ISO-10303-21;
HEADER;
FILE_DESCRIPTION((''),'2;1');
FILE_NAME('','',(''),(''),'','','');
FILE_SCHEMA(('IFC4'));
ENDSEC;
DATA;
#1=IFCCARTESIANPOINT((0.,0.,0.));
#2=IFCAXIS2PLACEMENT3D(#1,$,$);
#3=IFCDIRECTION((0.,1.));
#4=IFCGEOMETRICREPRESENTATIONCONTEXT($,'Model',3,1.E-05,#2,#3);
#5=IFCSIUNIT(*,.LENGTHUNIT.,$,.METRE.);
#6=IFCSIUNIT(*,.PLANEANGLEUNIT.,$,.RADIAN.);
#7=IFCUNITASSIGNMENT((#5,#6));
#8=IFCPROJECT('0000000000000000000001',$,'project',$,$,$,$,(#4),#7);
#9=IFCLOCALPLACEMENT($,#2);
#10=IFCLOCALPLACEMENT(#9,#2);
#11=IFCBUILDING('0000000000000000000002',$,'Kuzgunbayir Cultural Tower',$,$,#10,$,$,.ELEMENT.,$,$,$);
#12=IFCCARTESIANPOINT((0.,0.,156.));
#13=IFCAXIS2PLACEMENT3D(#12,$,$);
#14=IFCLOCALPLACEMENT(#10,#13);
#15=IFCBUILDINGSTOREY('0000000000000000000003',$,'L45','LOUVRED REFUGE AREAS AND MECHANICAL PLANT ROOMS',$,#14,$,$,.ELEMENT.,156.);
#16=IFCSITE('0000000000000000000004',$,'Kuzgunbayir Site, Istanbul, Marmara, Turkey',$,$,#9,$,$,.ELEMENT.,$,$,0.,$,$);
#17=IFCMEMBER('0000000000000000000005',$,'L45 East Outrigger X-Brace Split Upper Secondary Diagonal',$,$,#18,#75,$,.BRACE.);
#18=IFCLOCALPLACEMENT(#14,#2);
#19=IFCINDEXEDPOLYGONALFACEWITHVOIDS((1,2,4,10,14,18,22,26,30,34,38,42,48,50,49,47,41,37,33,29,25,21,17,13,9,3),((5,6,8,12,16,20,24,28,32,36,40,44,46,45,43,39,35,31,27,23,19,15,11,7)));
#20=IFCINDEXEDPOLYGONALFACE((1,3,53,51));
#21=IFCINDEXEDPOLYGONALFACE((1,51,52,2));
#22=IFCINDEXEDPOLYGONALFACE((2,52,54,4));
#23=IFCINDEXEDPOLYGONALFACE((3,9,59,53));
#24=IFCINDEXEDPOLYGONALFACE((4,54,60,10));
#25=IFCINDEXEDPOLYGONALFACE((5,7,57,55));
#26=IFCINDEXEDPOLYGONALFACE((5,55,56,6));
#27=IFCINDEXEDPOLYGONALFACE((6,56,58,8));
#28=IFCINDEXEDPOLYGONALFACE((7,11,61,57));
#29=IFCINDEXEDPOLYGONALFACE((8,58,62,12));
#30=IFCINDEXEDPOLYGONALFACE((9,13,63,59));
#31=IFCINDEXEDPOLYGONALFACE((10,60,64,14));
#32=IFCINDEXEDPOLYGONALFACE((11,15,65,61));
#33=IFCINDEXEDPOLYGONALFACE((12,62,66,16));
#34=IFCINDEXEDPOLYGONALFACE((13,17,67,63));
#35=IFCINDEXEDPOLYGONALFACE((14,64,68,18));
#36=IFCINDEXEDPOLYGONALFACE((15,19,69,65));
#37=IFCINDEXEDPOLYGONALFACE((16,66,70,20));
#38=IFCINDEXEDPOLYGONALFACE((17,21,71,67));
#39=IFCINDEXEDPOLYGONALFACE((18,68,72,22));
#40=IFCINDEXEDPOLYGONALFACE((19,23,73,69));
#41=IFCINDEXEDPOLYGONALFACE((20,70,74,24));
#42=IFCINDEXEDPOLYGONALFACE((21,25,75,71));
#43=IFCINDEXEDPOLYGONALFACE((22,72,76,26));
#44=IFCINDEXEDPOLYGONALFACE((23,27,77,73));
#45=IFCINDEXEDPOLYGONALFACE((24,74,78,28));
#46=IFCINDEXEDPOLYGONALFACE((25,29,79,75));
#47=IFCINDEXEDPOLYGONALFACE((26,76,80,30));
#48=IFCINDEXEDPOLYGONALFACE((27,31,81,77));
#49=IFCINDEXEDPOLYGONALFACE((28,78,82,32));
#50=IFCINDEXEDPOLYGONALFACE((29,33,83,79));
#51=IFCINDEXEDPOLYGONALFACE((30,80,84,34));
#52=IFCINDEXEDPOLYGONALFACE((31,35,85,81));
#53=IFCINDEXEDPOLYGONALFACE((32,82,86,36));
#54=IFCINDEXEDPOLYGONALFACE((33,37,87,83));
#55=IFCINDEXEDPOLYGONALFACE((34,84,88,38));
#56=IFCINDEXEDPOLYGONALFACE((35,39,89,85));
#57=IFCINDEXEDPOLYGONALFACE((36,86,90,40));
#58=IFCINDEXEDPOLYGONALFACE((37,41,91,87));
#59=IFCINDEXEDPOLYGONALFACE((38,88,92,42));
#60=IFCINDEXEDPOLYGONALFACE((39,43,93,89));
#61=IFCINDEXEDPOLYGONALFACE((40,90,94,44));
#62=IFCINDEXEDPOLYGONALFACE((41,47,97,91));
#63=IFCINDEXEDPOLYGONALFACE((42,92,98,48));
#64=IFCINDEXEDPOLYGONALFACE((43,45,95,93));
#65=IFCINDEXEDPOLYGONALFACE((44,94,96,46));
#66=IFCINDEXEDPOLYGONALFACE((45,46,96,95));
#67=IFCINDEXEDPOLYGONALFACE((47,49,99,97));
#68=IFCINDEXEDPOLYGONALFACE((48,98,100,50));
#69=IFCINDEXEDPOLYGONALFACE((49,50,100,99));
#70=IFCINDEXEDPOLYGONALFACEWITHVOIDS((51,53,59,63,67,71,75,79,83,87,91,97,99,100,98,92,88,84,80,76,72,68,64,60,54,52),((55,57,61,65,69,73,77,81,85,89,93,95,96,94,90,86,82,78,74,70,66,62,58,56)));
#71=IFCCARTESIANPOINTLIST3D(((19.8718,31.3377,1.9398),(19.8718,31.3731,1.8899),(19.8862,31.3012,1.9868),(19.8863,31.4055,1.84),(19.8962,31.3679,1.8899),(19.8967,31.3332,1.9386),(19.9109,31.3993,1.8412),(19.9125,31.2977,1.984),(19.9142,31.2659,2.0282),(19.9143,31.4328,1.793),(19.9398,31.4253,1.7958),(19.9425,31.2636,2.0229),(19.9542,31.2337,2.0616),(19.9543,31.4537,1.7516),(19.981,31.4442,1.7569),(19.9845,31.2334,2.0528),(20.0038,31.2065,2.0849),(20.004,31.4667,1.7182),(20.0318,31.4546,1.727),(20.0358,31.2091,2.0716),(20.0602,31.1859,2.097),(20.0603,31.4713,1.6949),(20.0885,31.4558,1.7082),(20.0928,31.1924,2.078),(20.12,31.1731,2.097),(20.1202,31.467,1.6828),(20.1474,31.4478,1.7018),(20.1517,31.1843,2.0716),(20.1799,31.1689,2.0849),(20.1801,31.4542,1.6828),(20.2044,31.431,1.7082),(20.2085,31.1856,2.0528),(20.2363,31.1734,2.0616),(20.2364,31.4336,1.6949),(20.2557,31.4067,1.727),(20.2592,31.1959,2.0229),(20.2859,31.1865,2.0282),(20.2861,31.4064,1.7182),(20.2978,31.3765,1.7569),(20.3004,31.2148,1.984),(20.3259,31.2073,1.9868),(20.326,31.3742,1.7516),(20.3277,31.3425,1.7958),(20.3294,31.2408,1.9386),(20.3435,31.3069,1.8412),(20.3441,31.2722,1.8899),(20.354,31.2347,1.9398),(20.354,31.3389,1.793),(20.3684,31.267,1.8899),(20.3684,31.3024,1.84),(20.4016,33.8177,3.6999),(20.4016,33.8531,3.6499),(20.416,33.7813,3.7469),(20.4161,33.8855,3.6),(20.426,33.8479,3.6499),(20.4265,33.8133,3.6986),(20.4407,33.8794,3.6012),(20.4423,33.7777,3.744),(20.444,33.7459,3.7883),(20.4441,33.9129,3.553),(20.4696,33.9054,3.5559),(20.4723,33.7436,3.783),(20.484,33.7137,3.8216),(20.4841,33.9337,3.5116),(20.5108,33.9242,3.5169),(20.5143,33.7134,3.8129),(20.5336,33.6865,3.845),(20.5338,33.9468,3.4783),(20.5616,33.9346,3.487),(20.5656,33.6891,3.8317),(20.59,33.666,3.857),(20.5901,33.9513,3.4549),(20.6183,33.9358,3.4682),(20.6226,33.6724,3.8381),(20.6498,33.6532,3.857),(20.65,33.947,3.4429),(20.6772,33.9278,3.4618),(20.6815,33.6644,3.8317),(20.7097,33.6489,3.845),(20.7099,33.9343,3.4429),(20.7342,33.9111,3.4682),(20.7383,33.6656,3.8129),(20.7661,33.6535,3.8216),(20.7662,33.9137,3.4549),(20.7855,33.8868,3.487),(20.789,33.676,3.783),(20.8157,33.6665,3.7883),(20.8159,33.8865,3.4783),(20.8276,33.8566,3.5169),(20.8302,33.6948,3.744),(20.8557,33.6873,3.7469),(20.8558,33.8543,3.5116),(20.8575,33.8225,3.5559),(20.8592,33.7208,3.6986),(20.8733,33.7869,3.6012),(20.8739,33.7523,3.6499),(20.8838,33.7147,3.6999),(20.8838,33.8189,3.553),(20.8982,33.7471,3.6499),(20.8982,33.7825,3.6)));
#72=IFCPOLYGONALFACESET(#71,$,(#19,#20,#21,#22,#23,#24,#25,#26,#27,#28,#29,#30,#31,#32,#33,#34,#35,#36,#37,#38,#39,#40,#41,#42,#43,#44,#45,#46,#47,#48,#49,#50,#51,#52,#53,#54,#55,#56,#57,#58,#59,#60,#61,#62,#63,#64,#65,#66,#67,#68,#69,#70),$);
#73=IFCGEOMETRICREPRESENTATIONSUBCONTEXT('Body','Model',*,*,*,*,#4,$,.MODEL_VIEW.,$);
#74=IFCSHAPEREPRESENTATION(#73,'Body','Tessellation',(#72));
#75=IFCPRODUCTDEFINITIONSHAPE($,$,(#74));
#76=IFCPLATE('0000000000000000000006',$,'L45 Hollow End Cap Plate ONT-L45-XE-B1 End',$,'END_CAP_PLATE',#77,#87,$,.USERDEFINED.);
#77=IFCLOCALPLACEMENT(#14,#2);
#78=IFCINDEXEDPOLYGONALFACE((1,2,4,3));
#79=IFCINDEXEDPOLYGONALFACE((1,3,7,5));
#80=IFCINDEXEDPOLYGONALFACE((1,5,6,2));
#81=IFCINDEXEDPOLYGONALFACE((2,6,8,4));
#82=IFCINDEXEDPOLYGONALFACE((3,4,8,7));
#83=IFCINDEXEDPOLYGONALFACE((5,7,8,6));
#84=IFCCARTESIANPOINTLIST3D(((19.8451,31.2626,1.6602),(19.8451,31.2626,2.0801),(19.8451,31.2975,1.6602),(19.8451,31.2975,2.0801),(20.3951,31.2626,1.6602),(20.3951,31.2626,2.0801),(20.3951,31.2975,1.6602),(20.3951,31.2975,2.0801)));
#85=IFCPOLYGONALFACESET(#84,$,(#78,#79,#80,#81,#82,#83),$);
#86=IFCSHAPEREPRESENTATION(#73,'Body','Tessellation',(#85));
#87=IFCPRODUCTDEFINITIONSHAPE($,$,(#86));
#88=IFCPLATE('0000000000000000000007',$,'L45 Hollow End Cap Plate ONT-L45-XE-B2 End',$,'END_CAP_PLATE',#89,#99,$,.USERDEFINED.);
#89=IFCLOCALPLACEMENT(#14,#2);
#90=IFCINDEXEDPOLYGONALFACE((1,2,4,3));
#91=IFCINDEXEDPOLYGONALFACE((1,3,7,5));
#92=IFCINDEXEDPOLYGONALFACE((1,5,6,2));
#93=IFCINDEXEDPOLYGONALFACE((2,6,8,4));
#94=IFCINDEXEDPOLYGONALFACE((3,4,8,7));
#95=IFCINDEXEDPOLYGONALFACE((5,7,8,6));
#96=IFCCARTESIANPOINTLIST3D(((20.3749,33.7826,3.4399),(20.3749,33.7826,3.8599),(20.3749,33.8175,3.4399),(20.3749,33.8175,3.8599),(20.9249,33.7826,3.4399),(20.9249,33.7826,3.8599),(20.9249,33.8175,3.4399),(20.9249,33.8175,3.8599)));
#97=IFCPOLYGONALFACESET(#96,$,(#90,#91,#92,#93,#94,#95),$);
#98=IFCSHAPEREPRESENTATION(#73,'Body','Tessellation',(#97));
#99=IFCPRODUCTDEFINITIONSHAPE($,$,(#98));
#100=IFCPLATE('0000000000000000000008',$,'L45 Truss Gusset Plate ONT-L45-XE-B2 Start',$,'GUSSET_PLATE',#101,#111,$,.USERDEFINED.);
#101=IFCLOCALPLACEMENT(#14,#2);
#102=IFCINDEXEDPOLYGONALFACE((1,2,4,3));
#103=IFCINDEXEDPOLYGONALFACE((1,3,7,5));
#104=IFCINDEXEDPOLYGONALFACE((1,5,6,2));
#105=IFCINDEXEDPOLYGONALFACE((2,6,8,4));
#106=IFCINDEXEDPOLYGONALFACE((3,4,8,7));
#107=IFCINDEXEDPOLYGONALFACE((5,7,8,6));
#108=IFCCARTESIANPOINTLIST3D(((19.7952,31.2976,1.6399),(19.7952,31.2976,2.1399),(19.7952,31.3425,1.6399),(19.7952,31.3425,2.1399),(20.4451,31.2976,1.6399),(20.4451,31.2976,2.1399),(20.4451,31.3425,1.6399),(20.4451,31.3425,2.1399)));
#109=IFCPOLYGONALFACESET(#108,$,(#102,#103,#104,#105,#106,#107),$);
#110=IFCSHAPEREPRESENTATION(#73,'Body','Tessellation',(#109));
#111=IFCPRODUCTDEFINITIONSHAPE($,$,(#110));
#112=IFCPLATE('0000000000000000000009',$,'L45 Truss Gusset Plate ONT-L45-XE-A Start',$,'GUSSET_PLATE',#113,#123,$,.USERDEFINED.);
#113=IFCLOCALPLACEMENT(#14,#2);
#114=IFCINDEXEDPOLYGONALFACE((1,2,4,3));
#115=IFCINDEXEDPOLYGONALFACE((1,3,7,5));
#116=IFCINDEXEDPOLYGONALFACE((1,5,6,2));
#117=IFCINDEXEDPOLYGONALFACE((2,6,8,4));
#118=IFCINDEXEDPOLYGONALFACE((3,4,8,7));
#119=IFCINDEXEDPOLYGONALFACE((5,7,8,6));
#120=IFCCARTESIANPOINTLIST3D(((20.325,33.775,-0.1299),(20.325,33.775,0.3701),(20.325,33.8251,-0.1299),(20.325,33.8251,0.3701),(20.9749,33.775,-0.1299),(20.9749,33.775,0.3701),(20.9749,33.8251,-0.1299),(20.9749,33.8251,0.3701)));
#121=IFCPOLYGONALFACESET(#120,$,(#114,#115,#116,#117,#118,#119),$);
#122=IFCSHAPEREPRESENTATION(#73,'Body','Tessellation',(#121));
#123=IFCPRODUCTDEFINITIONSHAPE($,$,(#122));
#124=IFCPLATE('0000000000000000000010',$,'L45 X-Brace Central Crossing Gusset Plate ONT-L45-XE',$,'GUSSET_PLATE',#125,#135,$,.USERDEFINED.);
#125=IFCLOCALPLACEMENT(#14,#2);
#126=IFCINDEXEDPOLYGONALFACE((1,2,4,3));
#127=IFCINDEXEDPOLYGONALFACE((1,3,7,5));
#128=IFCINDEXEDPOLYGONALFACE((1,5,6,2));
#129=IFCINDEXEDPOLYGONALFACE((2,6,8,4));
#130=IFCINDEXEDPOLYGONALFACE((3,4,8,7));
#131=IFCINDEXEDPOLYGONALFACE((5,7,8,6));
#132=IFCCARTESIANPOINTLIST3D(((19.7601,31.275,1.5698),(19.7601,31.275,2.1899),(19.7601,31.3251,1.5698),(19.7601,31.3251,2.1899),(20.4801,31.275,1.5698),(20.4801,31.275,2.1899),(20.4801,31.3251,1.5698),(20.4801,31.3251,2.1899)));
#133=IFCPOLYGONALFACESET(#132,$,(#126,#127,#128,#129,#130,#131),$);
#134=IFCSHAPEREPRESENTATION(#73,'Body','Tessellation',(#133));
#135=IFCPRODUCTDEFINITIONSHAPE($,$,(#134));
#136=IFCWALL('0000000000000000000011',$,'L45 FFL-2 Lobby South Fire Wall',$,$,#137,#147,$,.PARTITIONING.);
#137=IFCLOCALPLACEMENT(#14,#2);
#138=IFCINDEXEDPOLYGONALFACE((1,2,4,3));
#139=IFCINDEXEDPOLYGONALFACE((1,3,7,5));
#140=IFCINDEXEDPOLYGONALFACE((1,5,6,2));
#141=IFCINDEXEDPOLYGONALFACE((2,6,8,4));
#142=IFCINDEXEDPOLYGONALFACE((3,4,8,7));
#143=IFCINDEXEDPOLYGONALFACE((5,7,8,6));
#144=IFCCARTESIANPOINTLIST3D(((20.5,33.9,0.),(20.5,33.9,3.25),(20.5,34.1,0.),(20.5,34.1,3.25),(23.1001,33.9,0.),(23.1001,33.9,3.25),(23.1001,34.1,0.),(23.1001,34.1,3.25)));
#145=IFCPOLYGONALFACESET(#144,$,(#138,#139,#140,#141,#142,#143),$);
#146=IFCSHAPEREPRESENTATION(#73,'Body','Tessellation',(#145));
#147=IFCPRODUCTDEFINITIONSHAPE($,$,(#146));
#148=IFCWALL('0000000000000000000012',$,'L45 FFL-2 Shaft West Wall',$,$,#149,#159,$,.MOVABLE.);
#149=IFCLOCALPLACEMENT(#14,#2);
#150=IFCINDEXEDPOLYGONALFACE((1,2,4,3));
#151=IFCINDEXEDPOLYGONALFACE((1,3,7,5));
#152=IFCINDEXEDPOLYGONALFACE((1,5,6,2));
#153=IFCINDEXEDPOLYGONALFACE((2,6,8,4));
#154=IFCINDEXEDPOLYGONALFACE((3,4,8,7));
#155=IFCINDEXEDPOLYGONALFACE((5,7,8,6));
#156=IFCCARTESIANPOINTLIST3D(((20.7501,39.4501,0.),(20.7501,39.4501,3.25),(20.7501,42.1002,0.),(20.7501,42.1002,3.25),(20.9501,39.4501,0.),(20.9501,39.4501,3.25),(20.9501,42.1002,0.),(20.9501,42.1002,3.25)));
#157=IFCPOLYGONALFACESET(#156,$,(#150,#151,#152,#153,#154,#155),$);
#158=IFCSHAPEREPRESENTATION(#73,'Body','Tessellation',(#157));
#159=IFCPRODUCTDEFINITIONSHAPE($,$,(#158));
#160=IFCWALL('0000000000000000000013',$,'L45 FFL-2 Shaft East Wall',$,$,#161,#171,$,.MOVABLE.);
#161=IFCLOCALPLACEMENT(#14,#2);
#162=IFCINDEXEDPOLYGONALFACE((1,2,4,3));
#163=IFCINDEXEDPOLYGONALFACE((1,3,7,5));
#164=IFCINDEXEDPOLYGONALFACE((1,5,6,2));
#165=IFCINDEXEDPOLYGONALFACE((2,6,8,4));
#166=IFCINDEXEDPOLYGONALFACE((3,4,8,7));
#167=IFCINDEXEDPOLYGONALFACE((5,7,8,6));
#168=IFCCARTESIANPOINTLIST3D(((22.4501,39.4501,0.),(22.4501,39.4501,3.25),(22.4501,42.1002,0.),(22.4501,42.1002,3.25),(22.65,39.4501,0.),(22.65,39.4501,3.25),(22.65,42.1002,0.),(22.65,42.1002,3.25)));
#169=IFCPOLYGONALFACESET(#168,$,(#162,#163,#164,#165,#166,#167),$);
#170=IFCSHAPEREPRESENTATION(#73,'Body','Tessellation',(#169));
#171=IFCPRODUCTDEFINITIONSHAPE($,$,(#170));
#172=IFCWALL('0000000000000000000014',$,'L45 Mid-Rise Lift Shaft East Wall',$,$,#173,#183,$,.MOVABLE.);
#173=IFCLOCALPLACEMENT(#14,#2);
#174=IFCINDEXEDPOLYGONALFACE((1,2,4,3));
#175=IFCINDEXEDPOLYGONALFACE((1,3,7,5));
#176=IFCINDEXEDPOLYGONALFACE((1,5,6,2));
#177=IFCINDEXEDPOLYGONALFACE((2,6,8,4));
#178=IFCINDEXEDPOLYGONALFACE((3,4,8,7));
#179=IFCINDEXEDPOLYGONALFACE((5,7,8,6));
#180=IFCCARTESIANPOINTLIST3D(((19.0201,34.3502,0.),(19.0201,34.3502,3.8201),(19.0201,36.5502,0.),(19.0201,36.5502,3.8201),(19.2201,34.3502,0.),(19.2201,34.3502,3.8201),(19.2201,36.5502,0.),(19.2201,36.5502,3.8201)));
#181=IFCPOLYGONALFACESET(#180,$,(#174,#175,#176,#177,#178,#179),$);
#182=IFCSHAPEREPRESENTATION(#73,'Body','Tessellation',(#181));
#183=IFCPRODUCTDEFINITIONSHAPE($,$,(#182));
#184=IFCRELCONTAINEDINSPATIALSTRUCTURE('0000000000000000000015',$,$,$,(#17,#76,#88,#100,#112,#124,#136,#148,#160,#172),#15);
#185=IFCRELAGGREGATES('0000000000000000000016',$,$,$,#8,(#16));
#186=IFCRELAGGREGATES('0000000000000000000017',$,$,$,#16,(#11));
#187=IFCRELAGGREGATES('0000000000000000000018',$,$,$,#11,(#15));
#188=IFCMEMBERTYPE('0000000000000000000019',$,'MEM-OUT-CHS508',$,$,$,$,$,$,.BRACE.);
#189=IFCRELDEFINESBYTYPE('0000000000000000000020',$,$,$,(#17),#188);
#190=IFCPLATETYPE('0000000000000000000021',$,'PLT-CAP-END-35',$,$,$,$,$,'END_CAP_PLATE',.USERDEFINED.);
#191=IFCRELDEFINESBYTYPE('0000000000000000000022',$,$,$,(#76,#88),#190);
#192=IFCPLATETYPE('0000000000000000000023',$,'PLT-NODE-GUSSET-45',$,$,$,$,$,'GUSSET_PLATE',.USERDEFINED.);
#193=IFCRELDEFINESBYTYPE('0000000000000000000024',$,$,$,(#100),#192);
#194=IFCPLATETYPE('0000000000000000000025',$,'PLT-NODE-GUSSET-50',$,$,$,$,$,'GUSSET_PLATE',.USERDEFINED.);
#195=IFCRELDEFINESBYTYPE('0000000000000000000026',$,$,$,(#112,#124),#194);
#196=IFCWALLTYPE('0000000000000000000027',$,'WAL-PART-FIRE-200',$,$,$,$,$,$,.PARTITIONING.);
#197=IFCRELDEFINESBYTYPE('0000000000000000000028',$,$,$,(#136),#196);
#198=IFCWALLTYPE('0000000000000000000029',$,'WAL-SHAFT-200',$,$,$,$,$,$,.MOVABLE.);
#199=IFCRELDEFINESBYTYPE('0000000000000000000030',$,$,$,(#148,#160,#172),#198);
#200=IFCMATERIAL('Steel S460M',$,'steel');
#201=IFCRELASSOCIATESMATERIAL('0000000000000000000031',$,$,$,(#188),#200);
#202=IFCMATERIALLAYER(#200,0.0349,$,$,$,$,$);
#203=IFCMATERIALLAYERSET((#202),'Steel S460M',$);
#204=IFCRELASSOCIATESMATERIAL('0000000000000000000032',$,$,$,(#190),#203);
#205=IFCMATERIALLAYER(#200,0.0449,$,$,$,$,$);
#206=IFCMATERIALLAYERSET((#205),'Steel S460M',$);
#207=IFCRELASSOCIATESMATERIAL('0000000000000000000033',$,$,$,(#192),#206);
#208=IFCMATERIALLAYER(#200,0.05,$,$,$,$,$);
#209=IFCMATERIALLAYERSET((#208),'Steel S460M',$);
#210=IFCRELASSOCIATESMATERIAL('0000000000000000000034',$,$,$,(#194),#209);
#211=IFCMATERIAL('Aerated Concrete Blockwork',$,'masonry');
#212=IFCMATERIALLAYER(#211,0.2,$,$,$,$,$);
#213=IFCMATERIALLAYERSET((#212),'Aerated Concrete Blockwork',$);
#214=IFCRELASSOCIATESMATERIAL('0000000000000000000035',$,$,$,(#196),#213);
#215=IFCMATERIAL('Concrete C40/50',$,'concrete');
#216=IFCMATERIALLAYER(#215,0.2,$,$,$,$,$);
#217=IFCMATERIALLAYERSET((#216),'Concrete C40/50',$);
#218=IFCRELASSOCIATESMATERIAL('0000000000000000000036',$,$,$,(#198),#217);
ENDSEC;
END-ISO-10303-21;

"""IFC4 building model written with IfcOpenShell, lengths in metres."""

from ifc_helpers import new_model, si_unit, direction, frame, frame_2d, origin, origin_2d, place, context, subcontext, project, spatial, rectangle, hollow_circle, extrude, material, layer, layer_set, material_profile, profile_set, type_object, element, save


model = new_model("IFC4")

# Units and contexts
model_context = context("Model", 3, precision=1e-05, world=origin(), true_north=direction((0.0, 1.0)))
body_context = subcontext(model_context, "Body", "Model", "MODEL_VIEW")
ifc_project = project(units=[si_unit("LENGTHUNIT", "METRE"), si_unit("PLANEANGLEUNIT", "RADIAN")], contexts=[model_context])

# Site, building, storey
site_placement = place(None, origin())
site = spatial("IfcSite", under=ifc_project, at=site_placement, Name="Kuzgunbayir Site, Istanbul, Marmara, Turkey", CompositionType="ELEMENT", RefElevation=0.0)
building_placement = place(site_placement, origin())
building = spatial("IfcBuilding", under=site, at=building_placement, Name="Kuzgunbayir Cultural Tower", CompositionType="ELEMENT")
storey_placement = place(building_placement, frame((0.0, 0.0, 156.0)))
storey = spatial("IfcBuildingStorey", under=building, at=storey_placement, Name="L45", Description="LOUVRED REFUGE AREAS AND MECHANICAL PLANT ROOMS", CompositionType="ELEMENT", Elevation=156.0)

# Member
ifc_material_1 = material(Name="Steel S460M", Category="steel")
ifc_material_profile_1 = material_profile(ifc_material_1, hollow_circle(Radius=0.2539, WallThickness=0.0249, at=origin_2d()), Name="CHS 508x25")
ifc_profile_set_1 = profile_set([ifc_material_profile_1], Name="Steel S460M")
member_type = type_object("IfcMemberType", Name="MEM-OUT-CHS508", PredefinedType="BRACE", material=ifc_profile_set_1)
member_1_placement = place(storey_placement, frame((20.1201, 31.3201, 1.8899), z_axis=(0.171627, 0.803403, 0.570165), x_axis=(-0.977935, 0.208911, 0.0)))
element("IfcMember", 1, at=member_1_placement, inside=storey, type_object=member_type, Name="L45 East Outrigger X-Brace Split Upper Secondary Diagonal", PredefinedType="BRACE", context=body_context, shape_type="SweptSolid", body=[
    extrude(hollow_circle(Radius=0.2539, WallThickness=0.0249, at=origin_2d()), origin(), (0.0, 0.0, 1.0), 3.0869),
])

# Plates
ifc_layer_1 = layer(ifc_material_1, 0.0349)
ifc_layer_set_1 = layer_set([ifc_layer_1], Name="Steel S460M")
plate_type_1 = type_object("IfcPlateType", Name="PLT-CAP-END-35", ElementType="END_CAP_PLATE", PredefinedType="USERDEFINED", material=ifc_layer_set_1)
for number, where, z_axis, x_axis, name in (
    (2, (20.1201, 31.28, 1.6602), (0.0, 0.0, 1.0), (1.0, 0.0, 0.0), "L45 Hollow End Cap Plate ONT-L45-XE-B1 End"),
    (3, (20.6499, 33.8, 3.4399), (0.0, 0.0, 1.0), (1.0, 0.0, 0.0), "L45 Hollow End Cap Plate ONT-L45-XE-B2 End"),
):
    element("IfcPlate", number, at=place(storey_placement, frame(where, z_axis=z_axis, x_axis=x_axis)), inside=storey, type_object=plate_type_1, Name=name, ObjectType="END_CAP_PLATE", PredefinedType="USERDEFINED", context=body_context, shape_type="SweptSolid", body=[
        extrude(rectangle(XDim=0.55, YDim=0.0349, at=origin_2d()), origin(), (0.0, 0.0, 1.0), 0.4199),
    ])
ifc_layer_2 = layer(ifc_material_1, 0.0449)
ifc_layer_set_2 = layer_set([ifc_layer_2], Name="Steel S460M")
plate_type_2 = type_object("IfcPlateType", Name="PLT-NODE-GUSSET-45", ElementType="GUSSET_PLATE", PredefinedType="USERDEFINED", material=ifc_layer_set_2)
plate_1_placement = place(storey_placement, frame((20.1201, 31.3201, 1.6399), z_axis=(0.0, 0.0, 1.0), x_axis=(1.0, 0.0, 0.0)))
element("IfcPlate", 4, at=plate_1_placement, inside=storey, type_object=plate_type_2, Name="L45 Truss Gusset Plate ONT-L45-XE-B2 Start", ObjectType="GUSSET_PLATE", PredefinedType="USERDEFINED", context=body_context, shape_type="SweptSolid", body=[
    extrude(rectangle(XDim=0.6499, YDim=0.0449, at=origin_2d()), origin(), (0.0, 0.0, 1.0), 0.5),
])
ifc_layer_3 = layer(ifc_material_1, 0.05)
ifc_layer_set_3 = layer_set([ifc_layer_3], Name="Steel S460M")
plate_type_3 = type_object("IfcPlateType", Name="PLT-NODE-GUSSET-50", ElementType="GUSSET_PLATE", PredefinedType="USERDEFINED", material=ifc_layer_set_3)
plate_2_placement = place(storey_placement, frame((20.6499, 33.8, -0.1299), z_axis=(0.0, 0.0, 1.0), x_axis=(1.0, 0.0, 0.0)))
element("IfcPlate", 5, at=plate_2_placement, inside=storey, type_object=plate_type_3, Name="L45 Truss Gusset Plate ONT-L45-XE-A Start", ObjectType="GUSSET_PLATE", PredefinedType="USERDEFINED", context=body_context, shape_type="SweptSolid", body=[
    extrude(rectangle(XDim=0.6499, YDim=0.05, at=origin_2d()), origin(), (0.0, 0.0, 1.0), 0.5),
])
plate_3_placement = place(storey_placement, frame((20.1201, 31.3, 1.5698), z_axis=(0.0, 0.0, 1.0), x_axis=(1.0, 0.0, 0.0)))
element("IfcPlate", 6, at=plate_3_placement, inside=storey, type_object=plate_type_3, Name="L45 X-Brace Central Crossing Gusset Plate ONT-L45-XE", ObjectType="GUSSET_PLATE", PredefinedType="USERDEFINED", context=body_context, shape_type="SweptSolid", body=[
    extrude(rectangle(XDim=0.72, YDim=0.05, at=origin_2d()), origin(), (0.0, 0.0, 1.0), 0.6201),
])

# Shared definitions
ifc_material_2 = material(Name="Aerated Concrete Blockwork", Category="masonry")
ifc_layer_4 = layer(ifc_material_2, 0.2)
ifc_layer_set_4 = layer_set([ifc_layer_4], Name="Aerated Concrete Blockwork")
wall_type_1 = type_object("IfcWallType", Name="WAL-PART-FIRE-200", PredefinedType="PARTITIONING", material=ifc_layer_set_4)

# Wall
wall_1_placement = place(storey_placement, frame((20.5, 34.0, 0.0), z_axis=(0.0, 0.0, 1.0), x_axis=(1.0, 0.0, 0.0)))
element("IfcWall", 7, at=wall_1_placement, inside=storey, type_object=wall_type_1, Name="L45 FFL-2 Lobby South Fire Wall", PredefinedType="PARTITIONING", context=body_context, shape_type="SweptSolid", body=[
    extrude(rectangle(XDim=2.6001, YDim=0.2, at=frame_2d((1.3, 0.0))), origin(), (0.0, 0.0, 1.0), 3.25),
])

# Shared definitions
ifc_material_3 = material(Name="Concrete C40/50", Category="concrete")
ifc_layer_5 = layer(ifc_material_3, 0.2)
ifc_layer_set_5 = layer_set([ifc_layer_5], Name="Concrete C40/50")
wall_type_2 = type_object("IfcWallType", Name="WAL-SHAFT-200", PredefinedType="MOVABLE", material=ifc_layer_set_5)

# Walls
for number, where, z_axis, x_axis, name in (
    (8, (20.8501, 39.45, 0.0), (0.0, 0.0, 1.0), (0.0, 1.0, 0.0), "L45 FFL-2 Shaft West Wall"),
    (9, (22.55, 39.45, 0.0), (0.0, 0.0, 1.0), (0.0, 1.0, 0.0), "L45 FFL-2 Shaft East Wall"),
):
    element("IfcWall", number, at=place(storey_placement, frame(where, z_axis=z_axis, x_axis=x_axis)), inside=storey, type_object=wall_type_2, Name=name, PredefinedType="MOVABLE", context=body_context, shape_type="SweptSolid", body=[
        extrude(rectangle(XDim=2.6501, YDim=0.2, at=frame_2d((1.3252, 0.0))), origin(), (0.0, 0.0, 1.0), 3.25),
    ])
wall_2_placement = place(storey_placement, frame((19.1201, 34.3501, 0.0), z_axis=(0.0, 0.0, 1.0), x_axis=(0.0, 1.0, 0.0)))
element("IfcWall", 10, at=wall_2_placement, inside=storey, type_object=wall_type_2, Name="L45 Mid-Rise Lift Shaft East Wall", PredefinedType="MOVABLE", context=body_context, shape_type="SweptSolid", body=[
    extrude(rectangle(XDim=2.2, YDim=0.2, at=frame_2d((1.1001, 0.0))), origin(), (0.0, 0.0, 1.0), 3.8201),
])

save(model, "model.ifc")
